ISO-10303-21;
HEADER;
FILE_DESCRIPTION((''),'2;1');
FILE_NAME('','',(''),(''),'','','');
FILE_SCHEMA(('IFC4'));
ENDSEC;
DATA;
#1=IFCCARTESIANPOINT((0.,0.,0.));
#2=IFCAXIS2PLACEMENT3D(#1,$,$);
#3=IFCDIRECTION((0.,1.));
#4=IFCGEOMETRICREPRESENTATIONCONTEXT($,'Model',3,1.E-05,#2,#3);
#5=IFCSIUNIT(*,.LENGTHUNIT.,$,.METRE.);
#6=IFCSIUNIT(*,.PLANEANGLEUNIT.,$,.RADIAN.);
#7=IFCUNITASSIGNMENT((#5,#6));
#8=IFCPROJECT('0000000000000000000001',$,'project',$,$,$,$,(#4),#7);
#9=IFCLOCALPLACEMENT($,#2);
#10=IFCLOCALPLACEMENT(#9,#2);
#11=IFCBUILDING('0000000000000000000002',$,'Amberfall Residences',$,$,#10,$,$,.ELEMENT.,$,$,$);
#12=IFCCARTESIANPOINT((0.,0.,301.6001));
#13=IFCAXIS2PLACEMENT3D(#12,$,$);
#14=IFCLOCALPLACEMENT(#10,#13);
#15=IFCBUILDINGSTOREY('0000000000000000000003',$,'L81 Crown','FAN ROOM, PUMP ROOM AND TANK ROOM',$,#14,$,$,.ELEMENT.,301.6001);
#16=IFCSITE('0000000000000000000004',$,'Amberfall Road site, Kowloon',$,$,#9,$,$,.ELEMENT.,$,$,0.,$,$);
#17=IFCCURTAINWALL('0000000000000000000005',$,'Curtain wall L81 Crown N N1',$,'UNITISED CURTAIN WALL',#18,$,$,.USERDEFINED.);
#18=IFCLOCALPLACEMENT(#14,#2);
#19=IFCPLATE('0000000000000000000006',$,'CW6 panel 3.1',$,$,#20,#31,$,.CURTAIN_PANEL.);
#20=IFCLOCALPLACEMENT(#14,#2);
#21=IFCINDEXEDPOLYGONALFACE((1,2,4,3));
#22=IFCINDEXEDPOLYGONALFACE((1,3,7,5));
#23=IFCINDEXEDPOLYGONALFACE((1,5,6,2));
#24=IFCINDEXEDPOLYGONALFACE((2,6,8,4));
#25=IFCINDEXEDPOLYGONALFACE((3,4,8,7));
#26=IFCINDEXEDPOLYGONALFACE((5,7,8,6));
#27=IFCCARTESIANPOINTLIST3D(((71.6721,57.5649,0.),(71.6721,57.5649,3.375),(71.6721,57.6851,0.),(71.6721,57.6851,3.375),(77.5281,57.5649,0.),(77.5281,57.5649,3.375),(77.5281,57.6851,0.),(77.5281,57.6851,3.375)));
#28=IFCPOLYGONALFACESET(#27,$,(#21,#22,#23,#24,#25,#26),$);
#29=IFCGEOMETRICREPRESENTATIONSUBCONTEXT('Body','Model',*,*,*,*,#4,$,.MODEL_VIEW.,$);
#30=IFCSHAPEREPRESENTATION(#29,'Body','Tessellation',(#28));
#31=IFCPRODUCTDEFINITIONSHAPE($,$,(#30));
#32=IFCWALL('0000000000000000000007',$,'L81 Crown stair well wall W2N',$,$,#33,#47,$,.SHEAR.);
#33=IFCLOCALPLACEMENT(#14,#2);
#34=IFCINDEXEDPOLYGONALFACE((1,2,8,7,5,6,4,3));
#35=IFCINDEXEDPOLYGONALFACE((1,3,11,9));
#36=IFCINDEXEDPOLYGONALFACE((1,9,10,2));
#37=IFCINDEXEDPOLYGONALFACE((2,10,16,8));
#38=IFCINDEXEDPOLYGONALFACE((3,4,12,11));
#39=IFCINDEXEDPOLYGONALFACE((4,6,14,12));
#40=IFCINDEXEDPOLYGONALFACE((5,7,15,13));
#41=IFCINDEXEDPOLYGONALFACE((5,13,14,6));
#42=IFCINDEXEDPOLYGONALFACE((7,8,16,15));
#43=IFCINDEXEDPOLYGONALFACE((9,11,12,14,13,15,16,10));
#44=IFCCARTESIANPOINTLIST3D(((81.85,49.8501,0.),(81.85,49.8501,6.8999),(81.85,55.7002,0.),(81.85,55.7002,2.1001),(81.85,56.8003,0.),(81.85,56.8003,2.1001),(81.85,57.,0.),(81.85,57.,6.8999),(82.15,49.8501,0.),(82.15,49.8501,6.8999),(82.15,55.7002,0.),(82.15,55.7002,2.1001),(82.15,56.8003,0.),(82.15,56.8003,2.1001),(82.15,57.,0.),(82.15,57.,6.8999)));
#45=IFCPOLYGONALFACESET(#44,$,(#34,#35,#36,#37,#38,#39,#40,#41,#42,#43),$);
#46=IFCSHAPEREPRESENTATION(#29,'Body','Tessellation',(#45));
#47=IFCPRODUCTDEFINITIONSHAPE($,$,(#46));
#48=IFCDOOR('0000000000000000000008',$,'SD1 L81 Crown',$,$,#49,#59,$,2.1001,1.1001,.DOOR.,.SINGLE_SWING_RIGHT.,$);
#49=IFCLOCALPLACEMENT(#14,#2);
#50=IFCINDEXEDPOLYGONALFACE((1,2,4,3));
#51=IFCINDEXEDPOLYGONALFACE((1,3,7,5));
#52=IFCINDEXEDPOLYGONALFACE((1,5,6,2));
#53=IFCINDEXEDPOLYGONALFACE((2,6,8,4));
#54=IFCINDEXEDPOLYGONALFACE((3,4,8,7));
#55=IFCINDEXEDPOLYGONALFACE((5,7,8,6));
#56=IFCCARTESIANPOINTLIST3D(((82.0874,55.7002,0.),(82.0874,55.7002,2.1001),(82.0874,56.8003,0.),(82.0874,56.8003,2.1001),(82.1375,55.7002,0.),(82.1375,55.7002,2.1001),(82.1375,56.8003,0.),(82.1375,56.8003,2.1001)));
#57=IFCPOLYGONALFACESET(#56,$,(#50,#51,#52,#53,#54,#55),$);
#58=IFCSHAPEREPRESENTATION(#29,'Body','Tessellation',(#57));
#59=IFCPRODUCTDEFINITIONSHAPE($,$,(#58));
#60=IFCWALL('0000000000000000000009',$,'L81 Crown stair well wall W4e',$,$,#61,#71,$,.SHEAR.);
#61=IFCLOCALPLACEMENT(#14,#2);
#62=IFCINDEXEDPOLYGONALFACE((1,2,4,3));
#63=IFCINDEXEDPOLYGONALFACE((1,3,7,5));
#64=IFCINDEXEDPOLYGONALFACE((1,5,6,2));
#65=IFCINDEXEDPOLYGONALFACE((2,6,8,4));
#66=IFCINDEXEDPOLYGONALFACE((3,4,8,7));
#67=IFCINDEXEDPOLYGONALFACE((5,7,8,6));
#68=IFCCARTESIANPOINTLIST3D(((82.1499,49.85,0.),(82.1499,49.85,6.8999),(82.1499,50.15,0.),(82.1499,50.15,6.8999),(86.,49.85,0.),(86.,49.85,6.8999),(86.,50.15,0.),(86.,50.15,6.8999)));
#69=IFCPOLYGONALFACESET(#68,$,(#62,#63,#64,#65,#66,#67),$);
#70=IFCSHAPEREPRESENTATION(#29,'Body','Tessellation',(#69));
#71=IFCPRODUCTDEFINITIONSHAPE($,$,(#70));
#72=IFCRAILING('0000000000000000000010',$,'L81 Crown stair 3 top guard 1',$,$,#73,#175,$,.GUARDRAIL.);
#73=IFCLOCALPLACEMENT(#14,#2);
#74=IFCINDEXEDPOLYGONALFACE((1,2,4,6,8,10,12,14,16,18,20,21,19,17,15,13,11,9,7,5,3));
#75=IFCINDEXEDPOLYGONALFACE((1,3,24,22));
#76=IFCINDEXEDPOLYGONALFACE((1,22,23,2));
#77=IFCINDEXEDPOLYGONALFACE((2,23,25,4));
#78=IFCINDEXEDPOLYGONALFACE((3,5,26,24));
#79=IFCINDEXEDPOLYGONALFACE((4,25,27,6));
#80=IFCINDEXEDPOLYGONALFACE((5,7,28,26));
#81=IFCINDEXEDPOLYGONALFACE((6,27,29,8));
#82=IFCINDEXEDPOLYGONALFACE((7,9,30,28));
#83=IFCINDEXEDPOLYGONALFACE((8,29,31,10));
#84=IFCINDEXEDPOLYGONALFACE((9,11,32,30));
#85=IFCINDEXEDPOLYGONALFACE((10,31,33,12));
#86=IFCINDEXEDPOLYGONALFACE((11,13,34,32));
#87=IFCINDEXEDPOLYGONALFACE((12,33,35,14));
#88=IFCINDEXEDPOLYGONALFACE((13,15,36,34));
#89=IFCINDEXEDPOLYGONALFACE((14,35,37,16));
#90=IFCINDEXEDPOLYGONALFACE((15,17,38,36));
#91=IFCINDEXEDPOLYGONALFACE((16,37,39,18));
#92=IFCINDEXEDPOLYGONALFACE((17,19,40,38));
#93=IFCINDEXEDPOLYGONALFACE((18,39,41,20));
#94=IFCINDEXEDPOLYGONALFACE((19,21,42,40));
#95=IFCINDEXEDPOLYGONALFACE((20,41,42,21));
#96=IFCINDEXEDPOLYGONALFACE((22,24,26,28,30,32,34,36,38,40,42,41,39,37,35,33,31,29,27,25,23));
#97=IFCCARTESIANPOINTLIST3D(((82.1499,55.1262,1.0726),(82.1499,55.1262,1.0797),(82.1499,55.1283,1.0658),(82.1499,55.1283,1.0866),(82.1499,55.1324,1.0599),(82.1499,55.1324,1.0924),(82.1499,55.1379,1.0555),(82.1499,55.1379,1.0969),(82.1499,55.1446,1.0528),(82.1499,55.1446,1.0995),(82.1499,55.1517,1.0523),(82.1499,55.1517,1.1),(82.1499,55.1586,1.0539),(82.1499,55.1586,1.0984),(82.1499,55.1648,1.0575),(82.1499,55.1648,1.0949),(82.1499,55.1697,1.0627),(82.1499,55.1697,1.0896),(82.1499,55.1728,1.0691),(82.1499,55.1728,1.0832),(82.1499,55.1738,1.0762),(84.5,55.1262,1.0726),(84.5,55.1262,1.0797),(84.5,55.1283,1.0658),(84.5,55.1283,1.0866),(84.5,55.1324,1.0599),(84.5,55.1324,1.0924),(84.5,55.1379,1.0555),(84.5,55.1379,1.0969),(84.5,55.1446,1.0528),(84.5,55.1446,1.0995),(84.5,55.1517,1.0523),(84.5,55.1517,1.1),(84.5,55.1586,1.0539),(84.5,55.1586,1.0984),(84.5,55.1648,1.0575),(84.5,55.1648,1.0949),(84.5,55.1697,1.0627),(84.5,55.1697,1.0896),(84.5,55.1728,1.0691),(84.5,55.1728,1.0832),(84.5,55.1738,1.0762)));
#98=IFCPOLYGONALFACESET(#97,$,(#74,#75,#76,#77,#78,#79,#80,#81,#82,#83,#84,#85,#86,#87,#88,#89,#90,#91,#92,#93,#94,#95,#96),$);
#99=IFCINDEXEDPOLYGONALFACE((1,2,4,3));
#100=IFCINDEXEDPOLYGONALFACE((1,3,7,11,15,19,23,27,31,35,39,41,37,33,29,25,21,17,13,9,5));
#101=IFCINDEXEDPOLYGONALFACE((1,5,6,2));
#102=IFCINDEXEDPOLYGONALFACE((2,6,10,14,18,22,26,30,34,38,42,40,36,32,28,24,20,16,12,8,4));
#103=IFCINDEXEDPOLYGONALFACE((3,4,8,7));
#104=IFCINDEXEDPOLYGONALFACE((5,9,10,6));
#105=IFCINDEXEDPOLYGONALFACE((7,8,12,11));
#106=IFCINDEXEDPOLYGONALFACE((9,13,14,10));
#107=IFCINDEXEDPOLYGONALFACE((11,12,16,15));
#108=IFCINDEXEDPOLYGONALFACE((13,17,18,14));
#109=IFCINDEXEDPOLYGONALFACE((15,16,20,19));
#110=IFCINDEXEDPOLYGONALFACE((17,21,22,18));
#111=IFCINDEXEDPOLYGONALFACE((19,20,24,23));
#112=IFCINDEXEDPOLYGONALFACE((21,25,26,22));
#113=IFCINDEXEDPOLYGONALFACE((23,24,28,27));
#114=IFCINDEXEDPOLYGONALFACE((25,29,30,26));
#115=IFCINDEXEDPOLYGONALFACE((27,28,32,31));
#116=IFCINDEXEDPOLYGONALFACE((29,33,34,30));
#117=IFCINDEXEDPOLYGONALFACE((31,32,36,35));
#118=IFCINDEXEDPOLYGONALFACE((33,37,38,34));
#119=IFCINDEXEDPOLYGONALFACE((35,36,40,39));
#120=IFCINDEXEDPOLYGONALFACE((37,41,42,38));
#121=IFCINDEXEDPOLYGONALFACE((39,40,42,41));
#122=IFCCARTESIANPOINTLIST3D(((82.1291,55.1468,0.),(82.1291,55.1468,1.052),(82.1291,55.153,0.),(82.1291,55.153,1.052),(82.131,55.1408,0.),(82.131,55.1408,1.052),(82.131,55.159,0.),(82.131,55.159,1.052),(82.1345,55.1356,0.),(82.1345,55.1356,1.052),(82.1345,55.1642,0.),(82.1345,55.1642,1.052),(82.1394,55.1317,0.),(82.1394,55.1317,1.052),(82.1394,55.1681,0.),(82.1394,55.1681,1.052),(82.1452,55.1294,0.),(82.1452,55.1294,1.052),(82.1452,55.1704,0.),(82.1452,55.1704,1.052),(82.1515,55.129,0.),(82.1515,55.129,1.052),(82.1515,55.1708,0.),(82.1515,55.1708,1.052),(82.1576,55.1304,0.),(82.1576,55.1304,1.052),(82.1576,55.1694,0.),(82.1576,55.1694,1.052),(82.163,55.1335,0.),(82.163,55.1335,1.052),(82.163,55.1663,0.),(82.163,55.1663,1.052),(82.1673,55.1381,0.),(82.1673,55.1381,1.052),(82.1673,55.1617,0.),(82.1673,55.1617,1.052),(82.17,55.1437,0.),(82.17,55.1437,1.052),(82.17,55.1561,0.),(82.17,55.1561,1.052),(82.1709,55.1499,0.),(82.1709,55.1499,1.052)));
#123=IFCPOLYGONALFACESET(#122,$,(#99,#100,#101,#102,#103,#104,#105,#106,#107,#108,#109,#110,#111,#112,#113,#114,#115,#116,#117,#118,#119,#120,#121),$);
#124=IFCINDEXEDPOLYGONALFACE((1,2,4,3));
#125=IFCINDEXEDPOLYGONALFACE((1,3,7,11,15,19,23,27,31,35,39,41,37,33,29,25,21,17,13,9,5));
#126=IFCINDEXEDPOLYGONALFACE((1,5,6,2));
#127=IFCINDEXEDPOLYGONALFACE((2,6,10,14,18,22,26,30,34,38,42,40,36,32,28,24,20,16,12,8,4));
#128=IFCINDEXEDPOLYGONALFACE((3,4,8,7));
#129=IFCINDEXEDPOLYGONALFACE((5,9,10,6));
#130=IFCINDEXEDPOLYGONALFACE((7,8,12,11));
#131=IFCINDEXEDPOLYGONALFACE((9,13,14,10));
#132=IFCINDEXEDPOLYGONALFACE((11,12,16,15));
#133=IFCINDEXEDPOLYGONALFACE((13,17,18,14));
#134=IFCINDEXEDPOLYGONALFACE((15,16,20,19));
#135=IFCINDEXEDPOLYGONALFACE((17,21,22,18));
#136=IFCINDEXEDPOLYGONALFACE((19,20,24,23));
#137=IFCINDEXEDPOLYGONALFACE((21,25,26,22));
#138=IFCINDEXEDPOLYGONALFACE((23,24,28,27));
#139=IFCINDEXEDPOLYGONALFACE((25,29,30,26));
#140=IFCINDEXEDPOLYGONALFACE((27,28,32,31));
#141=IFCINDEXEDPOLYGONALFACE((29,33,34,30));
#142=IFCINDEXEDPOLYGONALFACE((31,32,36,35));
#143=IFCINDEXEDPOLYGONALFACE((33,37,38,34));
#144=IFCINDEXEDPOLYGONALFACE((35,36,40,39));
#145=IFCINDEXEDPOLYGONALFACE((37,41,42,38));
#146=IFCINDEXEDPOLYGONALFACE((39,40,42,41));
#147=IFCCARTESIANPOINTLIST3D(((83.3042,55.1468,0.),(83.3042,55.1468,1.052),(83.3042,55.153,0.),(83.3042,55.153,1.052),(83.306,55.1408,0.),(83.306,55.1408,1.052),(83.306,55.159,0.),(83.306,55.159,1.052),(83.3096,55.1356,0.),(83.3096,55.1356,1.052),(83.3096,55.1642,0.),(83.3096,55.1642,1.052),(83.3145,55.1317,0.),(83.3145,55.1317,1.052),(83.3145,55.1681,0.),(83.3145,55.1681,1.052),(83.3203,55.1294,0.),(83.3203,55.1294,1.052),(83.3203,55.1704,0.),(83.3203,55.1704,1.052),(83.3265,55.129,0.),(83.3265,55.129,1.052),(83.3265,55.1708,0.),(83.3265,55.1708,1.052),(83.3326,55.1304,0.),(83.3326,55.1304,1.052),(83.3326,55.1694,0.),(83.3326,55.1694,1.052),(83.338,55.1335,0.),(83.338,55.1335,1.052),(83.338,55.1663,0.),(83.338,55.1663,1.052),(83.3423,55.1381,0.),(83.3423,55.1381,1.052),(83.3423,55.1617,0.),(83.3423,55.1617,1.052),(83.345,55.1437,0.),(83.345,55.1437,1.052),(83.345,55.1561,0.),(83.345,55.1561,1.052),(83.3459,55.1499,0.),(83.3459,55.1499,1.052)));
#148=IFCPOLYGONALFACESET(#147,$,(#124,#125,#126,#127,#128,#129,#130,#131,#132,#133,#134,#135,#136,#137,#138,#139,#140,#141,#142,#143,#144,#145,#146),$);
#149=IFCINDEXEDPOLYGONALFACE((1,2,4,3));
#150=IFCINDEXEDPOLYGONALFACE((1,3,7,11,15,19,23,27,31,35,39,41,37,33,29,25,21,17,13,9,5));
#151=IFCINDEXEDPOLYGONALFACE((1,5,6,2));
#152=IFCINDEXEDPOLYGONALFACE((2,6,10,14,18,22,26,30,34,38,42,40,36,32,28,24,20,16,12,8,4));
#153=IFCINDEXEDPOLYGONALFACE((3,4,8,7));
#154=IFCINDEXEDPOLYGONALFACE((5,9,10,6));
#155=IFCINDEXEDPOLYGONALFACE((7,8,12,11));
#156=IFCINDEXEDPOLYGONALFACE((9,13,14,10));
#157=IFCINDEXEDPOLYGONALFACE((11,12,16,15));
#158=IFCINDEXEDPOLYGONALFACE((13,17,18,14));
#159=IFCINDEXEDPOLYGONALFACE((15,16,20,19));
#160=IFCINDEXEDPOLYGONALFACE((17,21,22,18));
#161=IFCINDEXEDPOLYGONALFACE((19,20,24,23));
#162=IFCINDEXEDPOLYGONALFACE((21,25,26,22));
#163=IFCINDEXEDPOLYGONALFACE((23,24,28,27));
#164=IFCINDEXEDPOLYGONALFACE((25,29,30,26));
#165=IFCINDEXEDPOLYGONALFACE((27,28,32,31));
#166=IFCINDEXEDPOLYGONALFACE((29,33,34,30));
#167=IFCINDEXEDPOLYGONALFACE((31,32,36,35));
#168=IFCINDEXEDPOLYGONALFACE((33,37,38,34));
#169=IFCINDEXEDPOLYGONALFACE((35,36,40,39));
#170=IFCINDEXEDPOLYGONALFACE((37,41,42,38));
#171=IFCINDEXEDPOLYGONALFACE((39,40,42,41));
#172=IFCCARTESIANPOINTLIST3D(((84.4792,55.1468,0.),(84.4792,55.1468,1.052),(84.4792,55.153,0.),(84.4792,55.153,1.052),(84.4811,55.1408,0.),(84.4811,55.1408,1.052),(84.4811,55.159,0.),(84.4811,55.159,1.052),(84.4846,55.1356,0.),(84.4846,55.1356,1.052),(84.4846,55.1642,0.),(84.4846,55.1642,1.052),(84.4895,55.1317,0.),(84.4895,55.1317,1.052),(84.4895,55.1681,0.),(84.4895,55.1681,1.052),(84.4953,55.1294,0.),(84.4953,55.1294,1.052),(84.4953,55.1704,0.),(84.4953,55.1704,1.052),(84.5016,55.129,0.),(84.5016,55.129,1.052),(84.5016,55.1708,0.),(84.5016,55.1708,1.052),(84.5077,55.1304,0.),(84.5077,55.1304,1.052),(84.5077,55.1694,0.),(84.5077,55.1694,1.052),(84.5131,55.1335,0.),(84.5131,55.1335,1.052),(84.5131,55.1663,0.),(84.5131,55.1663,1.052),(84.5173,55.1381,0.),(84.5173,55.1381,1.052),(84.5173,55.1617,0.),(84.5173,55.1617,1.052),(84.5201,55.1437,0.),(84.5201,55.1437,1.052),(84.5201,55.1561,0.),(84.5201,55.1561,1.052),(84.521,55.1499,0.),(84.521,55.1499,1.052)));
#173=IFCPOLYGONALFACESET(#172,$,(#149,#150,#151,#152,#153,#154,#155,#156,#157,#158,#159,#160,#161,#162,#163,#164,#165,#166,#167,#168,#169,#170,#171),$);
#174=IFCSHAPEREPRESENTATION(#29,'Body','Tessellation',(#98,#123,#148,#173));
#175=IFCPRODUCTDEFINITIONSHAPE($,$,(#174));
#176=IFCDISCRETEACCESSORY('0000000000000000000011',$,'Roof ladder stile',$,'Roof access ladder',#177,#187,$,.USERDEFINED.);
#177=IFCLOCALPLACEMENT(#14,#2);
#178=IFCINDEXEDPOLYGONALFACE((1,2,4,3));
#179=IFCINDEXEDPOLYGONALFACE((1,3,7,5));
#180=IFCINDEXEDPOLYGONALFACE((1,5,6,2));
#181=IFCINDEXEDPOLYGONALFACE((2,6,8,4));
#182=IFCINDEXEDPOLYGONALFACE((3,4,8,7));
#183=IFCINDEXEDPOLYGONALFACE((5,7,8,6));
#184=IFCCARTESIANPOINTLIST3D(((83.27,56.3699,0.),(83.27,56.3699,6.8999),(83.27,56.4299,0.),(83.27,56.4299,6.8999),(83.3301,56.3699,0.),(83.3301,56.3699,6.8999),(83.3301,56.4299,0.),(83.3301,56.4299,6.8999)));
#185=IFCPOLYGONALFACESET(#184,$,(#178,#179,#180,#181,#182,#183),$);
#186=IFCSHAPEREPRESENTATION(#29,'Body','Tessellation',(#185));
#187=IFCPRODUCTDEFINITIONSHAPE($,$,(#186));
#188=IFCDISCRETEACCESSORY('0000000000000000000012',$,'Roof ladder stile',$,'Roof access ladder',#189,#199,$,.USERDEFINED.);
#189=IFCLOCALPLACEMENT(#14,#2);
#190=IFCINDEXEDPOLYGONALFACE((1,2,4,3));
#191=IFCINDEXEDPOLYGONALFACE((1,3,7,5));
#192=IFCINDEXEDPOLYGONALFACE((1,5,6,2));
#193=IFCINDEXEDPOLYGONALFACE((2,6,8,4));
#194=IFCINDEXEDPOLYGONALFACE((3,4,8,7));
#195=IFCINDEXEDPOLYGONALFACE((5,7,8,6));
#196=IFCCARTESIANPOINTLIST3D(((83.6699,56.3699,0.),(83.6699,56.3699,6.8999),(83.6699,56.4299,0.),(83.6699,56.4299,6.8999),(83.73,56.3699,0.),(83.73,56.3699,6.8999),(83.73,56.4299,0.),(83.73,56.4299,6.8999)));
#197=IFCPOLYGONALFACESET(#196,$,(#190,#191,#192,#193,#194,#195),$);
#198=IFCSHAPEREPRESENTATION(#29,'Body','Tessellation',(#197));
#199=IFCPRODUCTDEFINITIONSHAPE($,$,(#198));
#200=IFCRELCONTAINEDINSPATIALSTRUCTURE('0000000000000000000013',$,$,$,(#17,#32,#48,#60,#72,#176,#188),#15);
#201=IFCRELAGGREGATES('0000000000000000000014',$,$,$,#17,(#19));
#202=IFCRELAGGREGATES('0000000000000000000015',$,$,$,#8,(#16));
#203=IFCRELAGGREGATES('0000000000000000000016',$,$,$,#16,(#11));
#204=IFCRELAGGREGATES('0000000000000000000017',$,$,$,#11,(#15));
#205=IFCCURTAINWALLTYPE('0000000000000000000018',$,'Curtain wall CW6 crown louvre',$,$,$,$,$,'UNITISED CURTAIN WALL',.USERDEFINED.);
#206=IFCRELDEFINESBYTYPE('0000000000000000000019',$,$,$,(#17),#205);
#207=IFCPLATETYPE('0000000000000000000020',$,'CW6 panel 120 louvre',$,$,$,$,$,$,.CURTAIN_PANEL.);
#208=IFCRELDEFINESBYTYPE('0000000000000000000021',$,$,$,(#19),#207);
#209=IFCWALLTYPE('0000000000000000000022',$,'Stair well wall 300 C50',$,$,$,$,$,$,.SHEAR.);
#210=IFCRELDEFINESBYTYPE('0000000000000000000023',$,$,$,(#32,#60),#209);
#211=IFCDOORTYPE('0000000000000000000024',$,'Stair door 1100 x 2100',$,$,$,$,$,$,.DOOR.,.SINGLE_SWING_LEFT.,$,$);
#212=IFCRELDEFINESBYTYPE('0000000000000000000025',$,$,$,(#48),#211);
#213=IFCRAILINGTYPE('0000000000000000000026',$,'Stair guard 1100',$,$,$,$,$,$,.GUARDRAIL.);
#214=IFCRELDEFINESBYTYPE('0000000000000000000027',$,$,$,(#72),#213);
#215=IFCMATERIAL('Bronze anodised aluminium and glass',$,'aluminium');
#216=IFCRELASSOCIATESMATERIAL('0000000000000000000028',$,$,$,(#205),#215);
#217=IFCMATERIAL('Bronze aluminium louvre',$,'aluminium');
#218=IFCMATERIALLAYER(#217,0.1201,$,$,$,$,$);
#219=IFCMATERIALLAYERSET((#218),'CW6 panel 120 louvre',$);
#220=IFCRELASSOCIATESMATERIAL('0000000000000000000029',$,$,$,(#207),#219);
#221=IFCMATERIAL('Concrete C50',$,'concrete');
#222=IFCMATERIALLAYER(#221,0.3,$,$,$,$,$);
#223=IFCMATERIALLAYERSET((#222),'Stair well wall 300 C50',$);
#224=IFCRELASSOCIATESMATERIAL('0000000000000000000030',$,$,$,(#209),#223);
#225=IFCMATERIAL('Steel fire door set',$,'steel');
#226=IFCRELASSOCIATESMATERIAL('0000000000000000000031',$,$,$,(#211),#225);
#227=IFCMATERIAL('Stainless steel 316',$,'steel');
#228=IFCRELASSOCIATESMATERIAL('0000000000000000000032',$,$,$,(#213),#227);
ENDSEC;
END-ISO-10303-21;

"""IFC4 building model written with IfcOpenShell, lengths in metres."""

from ifc_helpers import new_model, si_unit, direction, frame, frame_2d, origin, origin_2d, place, context, subcontext, project, spatial, rectangle, circle, extrude, material, layer, layer_set, type_object, element, fill, aggregate, save


model = new_model("IFC4")

# Units and contexts
model_context = context("Model", 3, precision=1e-05, world=origin(), true_north=direction((0.0, 1.0)))
body_context = subcontext(model_context, "Body", "Model", "MODEL_VIEW")
ifc_project = project(units=[si_unit("LENGTHUNIT", "METRE"), si_unit("PLANEANGLEUNIT", "RADIAN")], contexts=[model_context])

# Site, building, storey
site_placement = place(None, origin())
site = spatial("IfcSite", under=ifc_project, at=site_placement, Name="Amberfall Road site, Kowloon", CompositionType="ELEMENT", RefElevation=0.0)
building_placement = place(site_placement, origin())
building = spatial("IfcBuilding", under=site, at=building_placement, Name="Amberfall Residences", CompositionType="ELEMENT")
storey_placement = place(building_placement, frame((0.0, 0.0, 301.6001)))
storey = spatial("IfcBuildingStorey", under=building, at=storey_placement, Name="L81 Crown", Description="FAN ROOM, PUMP ROOM AND TANK ROOM", CompositionType="ELEMENT", Elevation=301.6001)

# Curtain wall
ifc_material_1 = material(Name="Bronze anodised aluminium and glass", Category="aluminium")
curtain_wall_type = type_object("IfcCurtainWallType", Name="Curtain wall CW6 crown louvre", ElementType="UNITISED CURTAIN WALL", PredefinedType="USERDEFINED", material=ifc_material_1)
curtain_wall_1_placement = place(storey_placement, origin())
curtain_wall_1 = element("IfcCurtainWall", 1, at=curtain_wall_1_placement, inside=storey, type_object=curtain_wall_type, Name="Curtain wall L81 Crown N N1", ObjectType="UNITISED CURTAIN WALL", PredefinedType="USERDEFINED")

# Plate
ifc_material_2 = material(Name="Bronze aluminium louvre", Category="aluminium")
ifc_layer_1 = layer(ifc_material_2, 0.1201)
ifc_layer_set_1 = layer_set([ifc_layer_1], Name="CW6 panel 120 louvre")
plate_type = type_object("IfcPlateType", Name="CW6 panel 120 louvre", PredefinedType="CURTAIN_PANEL", material=ifc_layer_set_1)
plate_1_placement = place(storey_placement, frame((74.6001, 57.625, 0.0), z_axis=(0.0, 0.0, 1.0), x_axis=(-1.0, 0.0, 0.0)))
plate_1 = element("IfcPlate", 2, at=plate_1_placement, type_object=plate_type, Name="CW6 panel 3.1", PredefinedType="CURTAIN_PANEL", context=body_context, shape_type="SweptSolid", body=[
    extrude(rectangle(XDim=5.856, YDim=0.1201, at=origin_2d()), origin(), (0.0, 0.0, 1.0), 3.375),
])
aggregate(curtain_wall_1, [plate_1])

# Wall, opening, door
ifc_material_3 = material(Name="Concrete C50", Category="concrete")
ifc_layer_2 = layer(ifc_material_3, 0.3)
ifc_layer_set_2 = layer_set([ifc_layer_2], Name="Stair well wall 300 C50")
wall_type = type_object("IfcWallType", Name="Stair well wall 300 C50", PredefinedType="SHEAR", material=ifc_layer_set_2)
wall_1_placement = place(storey_placement, frame((82.0, 49.8501, 0.0), z_axis=(0.0, 0.0, 1.0), x_axis=(0.0, 1.0, 0.0)))
wall_1 = element("IfcWall", 3, at=wall_1_placement, inside=storey, type_object=wall_type, Name="L81 Crown stair well wall W2N", PredefinedType="SHEAR", context=body_context, shape_type="SweptSolid", body=[
    extrude(rectangle(XDim=7.1499, YDim=0.3, at=frame_2d((3.575, 0.0))), origin(), (0.0, 0.0, 1.0), 6.8999),
])
opening_placement = place(wall_1_placement, frame((5.8501, 0.0, 0.0)))
opening = element("IfcOpeningElement", 4, at=opening_placement, cuts=wall_1, PredefinedType="OPENING", context=body_context, shape_type="SweptSolid", body=[
    extrude(rectangle(XDim=1.1001, YDim=2.1001, at=frame_2d((0.55, 1.05))), frame((0.0, 0.1599, 0.0), z_axis=(0.0, -1.0, 0.0), x_axis=(1.0, 0.0, 0.0)), (0.0, 0.0, 1.0), 0.3201),
])
ifc_material_4 = material(Name="Steel fire door set", Category="steel")
door_type = type_object("IfcDoorType", Name="Stair door 1100 x 2100", OperationType="SINGLE_SWING_LEFT", PredefinedType="DOOR", material=ifc_material_4)
door_placement = place(opening_placement, origin())
door = element("IfcDoor", 5, at=door_placement, inside=storey, type_object=door_type, Name="SD1 L81 Crown", OperationType="SINGLE_SWING_RIGHT", OverallHeight=2.1001, OverallWidth=1.1001, PredefinedType="DOOR", context=body_context, shape_type="SweptSolid", body=[
    extrude(rectangle(XDim=1.1001, YDim=2.1001, at=frame_2d((0.55, 1.05))), frame((0.0, -0.0874, 0.0), z_axis=(0.0, -1.0, 0.0), x_axis=(1.0, 0.0, 0.0)), (0.0, 0.0, 1.0), 0.05),
])
fill(opening, door)

# Wall
wall_2_placement = place(storey_placement, frame((82.1499, 50.0, 0.0), z_axis=(0.0, 0.0, 1.0), x_axis=(1.0, 0.0, 0.0)))
element("IfcWall", 6, at=wall_2_placement, inside=storey, type_object=wall_type, Name="L81 Crown stair well wall W4e", PredefinedType="SHEAR", context=body_context, shape_type="SweptSolid", body=[
    extrude(rectangle(XDim=3.8501, YDim=0.3, at=frame_2d((1.925, 0.0))), origin(), (0.0, 0.0, 1.0), 6.8999),
])

# Railing
ifc_material_5 = material(Name="Stainless steel 316", Category="steel")
railing_type = type_object("IfcRailingType", Name="Stair guard 1100", PredefinedType="GUARDRAIL", material=ifc_material_5)
railing_placement = place(storey_placement, frame((82.1499, 55.1499, 0.0)))
element("IfcRailing", 7, at=railing_placement, inside=storey, type_object=railing_type, Name="L81 Crown stair 3 top guard 1", PredefinedType="GUARDRAIL", context=body_context, shape_type="SweptSolid", body=[
    extrude(circle(Radius=0.0239, at=origin_2d()), frame((0.0, 0.0, 1.0762), z_axis=(1.0, 0.0, 0.0), x_axis=(0.0, 1.0, 0.0)), (0.0, 0.0, 1.0), 2.3501),
    extrude(circle(Radius=0.021, at=origin_2d()), origin(), (0.0, 0.0, 1.0), 1.052),
    extrude(circle(Radius=0.021, at=origin_2d()), frame((1.175, 0.0, 0.0)), (0.0, 0.0, 1.0), 1.052),
    extrude(circle(Radius=0.021, at=origin_2d()), frame((2.3501, 0.0, 0.0)), (0.0, 0.0, 1.0), 1.052),
])

# Discrete accessories
for number, where, z_axis, x_axis, name in (
    (8, (83.3, 56.3999, 0.0), (0.0, 0.0, 1.0), (1.0, 0.0, 0.0), "Roof ladder stile"),
    (9, (83.7, 56.3999, 0.0), (0.0, 0.0, 1.0), (1.0, 0.0, 0.0), "Roof ladder stile"),
):
    element("IfcDiscreteAccessory", number, at=place(storey_placement, frame(where, z_axis=z_axis, x_axis=x_axis)), inside=storey, Name=name, ObjectType="Roof access ladder", PredefinedType="USERDEFINED", context=body_context, shape_type="SweptSolid", body=[
        extrude(rectangle(XDim=0.0601, YDim=0.0601, at=origin_2d()), origin(), (0.0, 0.0, 1.0), 6.8999),
    ])

save(model, "model.ifc")
